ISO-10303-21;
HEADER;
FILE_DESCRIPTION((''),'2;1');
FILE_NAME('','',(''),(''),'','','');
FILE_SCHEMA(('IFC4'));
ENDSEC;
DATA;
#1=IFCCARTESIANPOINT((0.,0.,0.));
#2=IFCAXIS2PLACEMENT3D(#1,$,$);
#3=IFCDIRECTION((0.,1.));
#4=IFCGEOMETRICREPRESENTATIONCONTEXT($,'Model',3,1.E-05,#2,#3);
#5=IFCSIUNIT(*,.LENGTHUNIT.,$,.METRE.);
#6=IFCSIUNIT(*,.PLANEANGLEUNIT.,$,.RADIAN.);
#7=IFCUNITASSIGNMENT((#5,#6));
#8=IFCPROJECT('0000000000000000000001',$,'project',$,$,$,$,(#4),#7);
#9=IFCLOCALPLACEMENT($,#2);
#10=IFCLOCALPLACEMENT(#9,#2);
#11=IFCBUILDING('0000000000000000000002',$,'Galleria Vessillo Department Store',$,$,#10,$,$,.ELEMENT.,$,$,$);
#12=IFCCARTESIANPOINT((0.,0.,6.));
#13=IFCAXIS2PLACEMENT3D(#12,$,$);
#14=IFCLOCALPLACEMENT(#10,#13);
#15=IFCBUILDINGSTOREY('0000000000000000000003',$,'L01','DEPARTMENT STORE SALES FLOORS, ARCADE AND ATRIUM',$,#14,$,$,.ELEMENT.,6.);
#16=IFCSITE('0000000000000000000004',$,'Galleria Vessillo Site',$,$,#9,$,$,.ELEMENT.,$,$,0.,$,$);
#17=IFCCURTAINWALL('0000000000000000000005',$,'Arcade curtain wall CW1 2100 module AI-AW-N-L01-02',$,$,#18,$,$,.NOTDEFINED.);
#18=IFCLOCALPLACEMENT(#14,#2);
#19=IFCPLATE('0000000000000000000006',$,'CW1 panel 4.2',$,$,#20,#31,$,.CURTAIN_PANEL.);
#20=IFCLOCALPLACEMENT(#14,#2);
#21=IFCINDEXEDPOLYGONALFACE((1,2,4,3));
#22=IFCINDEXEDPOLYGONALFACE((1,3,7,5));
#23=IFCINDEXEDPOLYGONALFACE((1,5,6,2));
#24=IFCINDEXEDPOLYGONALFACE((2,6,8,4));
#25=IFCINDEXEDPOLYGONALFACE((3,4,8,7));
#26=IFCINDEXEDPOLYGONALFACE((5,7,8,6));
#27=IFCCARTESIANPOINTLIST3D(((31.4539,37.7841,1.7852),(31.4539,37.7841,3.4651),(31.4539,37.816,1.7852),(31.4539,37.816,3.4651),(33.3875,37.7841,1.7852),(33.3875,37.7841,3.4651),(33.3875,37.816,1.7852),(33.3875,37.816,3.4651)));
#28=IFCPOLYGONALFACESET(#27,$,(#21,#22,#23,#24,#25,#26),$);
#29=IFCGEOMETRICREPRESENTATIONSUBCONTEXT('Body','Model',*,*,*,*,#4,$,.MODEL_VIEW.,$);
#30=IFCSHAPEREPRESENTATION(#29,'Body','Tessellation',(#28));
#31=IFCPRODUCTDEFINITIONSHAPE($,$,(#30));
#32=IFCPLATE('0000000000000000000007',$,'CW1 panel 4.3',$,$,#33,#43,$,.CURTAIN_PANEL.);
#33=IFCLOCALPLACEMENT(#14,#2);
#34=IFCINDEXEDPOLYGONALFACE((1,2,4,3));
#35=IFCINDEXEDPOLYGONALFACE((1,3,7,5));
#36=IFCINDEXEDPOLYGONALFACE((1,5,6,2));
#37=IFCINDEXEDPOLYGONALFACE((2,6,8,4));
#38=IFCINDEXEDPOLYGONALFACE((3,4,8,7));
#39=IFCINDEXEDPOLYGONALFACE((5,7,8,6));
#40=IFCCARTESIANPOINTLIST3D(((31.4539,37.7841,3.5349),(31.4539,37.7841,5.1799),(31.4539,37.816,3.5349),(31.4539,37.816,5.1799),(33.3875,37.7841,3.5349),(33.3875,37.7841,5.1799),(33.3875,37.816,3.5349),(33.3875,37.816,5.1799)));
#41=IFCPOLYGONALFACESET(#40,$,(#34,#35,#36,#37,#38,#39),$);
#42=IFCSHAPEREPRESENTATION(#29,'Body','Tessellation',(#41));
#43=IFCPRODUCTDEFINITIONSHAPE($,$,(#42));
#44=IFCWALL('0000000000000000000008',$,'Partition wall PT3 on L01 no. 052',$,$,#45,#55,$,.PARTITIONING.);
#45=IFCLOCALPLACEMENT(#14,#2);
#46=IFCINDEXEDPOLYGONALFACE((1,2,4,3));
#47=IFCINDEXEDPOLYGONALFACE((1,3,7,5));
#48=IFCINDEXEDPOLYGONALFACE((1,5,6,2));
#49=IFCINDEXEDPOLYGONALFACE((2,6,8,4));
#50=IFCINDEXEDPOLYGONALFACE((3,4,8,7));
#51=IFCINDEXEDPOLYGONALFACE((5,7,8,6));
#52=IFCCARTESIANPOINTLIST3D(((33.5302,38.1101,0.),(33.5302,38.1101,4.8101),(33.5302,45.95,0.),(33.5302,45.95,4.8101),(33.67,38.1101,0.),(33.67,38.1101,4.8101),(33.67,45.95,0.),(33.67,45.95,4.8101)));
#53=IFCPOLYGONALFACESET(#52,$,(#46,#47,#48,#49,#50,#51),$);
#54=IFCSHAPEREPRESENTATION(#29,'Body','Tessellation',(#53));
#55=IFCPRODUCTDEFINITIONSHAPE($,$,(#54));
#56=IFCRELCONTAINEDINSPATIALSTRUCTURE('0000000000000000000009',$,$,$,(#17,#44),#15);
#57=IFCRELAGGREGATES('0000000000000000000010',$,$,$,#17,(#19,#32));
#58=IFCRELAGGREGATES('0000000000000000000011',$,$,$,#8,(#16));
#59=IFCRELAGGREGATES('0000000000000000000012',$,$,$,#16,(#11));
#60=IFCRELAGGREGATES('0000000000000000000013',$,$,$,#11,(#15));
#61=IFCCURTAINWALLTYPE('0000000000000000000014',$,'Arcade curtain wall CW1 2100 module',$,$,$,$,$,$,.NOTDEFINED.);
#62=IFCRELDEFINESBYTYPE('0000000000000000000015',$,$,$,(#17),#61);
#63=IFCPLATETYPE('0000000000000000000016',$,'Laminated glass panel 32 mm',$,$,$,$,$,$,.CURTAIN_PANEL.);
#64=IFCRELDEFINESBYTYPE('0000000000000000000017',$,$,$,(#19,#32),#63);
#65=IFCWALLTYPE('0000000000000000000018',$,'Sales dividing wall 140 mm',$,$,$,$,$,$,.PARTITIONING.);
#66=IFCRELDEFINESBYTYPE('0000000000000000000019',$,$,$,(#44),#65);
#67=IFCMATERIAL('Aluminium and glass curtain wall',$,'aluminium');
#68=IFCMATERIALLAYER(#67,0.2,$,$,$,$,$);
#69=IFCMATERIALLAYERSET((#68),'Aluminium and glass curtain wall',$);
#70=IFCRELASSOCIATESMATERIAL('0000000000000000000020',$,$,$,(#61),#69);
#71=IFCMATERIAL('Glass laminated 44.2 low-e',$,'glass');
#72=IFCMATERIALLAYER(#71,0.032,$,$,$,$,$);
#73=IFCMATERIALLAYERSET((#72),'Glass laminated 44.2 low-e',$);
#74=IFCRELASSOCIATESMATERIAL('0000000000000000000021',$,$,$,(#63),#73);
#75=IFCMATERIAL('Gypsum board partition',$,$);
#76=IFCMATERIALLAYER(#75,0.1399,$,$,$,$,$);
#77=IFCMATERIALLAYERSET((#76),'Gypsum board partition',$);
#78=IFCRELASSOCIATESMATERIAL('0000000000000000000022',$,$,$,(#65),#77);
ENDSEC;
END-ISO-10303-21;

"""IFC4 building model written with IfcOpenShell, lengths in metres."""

from ifc_helpers import new_model, si_unit, direction, frame, frame_2d, origin, origin_2d, place, context, subcontext, project, spatial, rectangle, extrude, material, layer, layer_set, type_object, element, aggregate, save


model = new_model("IFC4")

# Units and contexts
model_context = context("Model", 3, precision=1e-05, world=origin(), true_north=direction((0.0, 1.0)))
body_context = subcontext(model_context, "Body", "Model", "MODEL_VIEW")
ifc_project = project(units=[si_unit("LENGTHUNIT", "METRE"), si_unit("PLANEANGLEUNIT", "RADIAN")], contexts=[model_context])

# Site, building, storey
site_placement = place(None, origin())
site = spatial("IfcSite", under=ifc_project, at=site_placement, Name="Galleria Vessillo Site", CompositionType="ELEMENT", RefElevation=0.0)
building_placement = place(site_placement, origin())
building = spatial("IfcBuilding", under=site, at=building_placement, Name="Galleria Vessillo Department Store", CompositionType="ELEMENT")
storey_placement = place(building_placement, frame((0.0, 0.0, 6.0)))
storey = spatial("IfcBuildingStorey", under=building, at=storey_placement, Name="L01", Description="DEPARTMENT STORE SALES FLOORS, ARCADE AND ATRIUM", CompositionType="ELEMENT", Elevation=6.0)

# Curtain wall
ifc_material_1 = material(Name="Aluminium and glass curtain wall", Category="aluminium")
ifc_layer_1 = layer(ifc_material_1, 0.2)
ifc_layer_set_1 = layer_set([ifc_layer_1], Name="Aluminium and glass curtain wall")
curtain_wall_type = type_object("IfcCurtainWallType", Name="Arcade curtain wall CW1 2100 module", PredefinedType="NOTDEFINED", material=ifc_layer_set_1)
curtain_wall_placement = place(storey_placement, origin())
curtain_wall = element("IfcCurtainWall", 1, at=curtain_wall_placement, inside=storey, type_object=curtain_wall_type, Name="Arcade curtain wall CW1 2100 module AI-AW-N-L01-02", PredefinedType="NOTDEFINED")

# Plates
ifc_material_2 = material(Name="Glass laminated 44.2 low-e", Category="glass")
ifc_layer_2 = layer(ifc_material_2, 0.032)
ifc_layer_set_2 = layer_set([ifc_layer_2], Name="Glass laminated 44.2 low-e")
plate_type = type_object("IfcPlateType", Name="Laminated glass panel 32 mm", PredefinedType="CURTAIN_PANEL", material=ifc_layer_set_2)
plate_1_placement = place(storey_placement, frame((32.4207, 37.8, 1.7852), z_axis=(0.0, 0.0, 1.0), x_axis=(1.0, 0.0, 0.0)))
plate_1 = element("IfcPlate", 2, at=plate_1_placement, type_object=plate_type, Name="CW1 panel 4.2", PredefinedType="CURTAIN_PANEL", context=body_context, shape_type="SweptSolid", body=[
    extrude(rectangle(XDim=1.9336, YDim=0.032, at=origin_2d()), origin(), (0.0, 0.0, 1.0), 1.6799),
])
plate_2_placement = place(storey_placement, frame((32.4207, 37.8, 3.5349), z_axis=(0.0, 0.0, 1.0), x_axis=(1.0, 0.0, 0.0)))
plate_2 = element("IfcPlate", 3, at=plate_2_placement, type_object=plate_type, Name="CW1 panel 4.3", PredefinedType="CURTAIN_PANEL", context=body_context, shape_type="SweptSolid", body=[
    extrude(rectangle(XDim=1.9336, YDim=0.032, at=origin_2d()), origin(), (0.0, 0.0, 1.0), 1.645),
])
aggregate(curtain_wall, [plate_1, plate_2])

# Wall
ifc_material_3 = material(Name="Gypsum board partition")
ifc_layer_3 = layer(ifc_material_3, 0.1399)
ifc_layer_set_3 = layer_set([ifc_layer_3], Name="Gypsum board partition")
wall_type = type_object("IfcWallType", Name="Sales dividing wall 140 mm", PredefinedType="PARTITIONING", material=ifc_layer_set_3)
wall_placement = place(storey_placement, frame((33.6001, 38.1101, 0.0), z_axis=(0.0, 0.0, 1.0), x_axis=(0.0, 1.0, 0.0)))
element("IfcWall", 4, at=wall_placement, inside=storey, type_object=wall_type, Name="Partition wall PT3 on L01 no. 052", PredefinedType="PARTITIONING", context=body_context, shape_type="SweptSolid", body=[
    extrude(rectangle(XDim=7.8398, YDim=0.1399, at=frame_2d((3.9199, 0.0))), origin(), (0.0, 0.0, 1.0), 4.8101),
])

save(model, "model.ifc")
